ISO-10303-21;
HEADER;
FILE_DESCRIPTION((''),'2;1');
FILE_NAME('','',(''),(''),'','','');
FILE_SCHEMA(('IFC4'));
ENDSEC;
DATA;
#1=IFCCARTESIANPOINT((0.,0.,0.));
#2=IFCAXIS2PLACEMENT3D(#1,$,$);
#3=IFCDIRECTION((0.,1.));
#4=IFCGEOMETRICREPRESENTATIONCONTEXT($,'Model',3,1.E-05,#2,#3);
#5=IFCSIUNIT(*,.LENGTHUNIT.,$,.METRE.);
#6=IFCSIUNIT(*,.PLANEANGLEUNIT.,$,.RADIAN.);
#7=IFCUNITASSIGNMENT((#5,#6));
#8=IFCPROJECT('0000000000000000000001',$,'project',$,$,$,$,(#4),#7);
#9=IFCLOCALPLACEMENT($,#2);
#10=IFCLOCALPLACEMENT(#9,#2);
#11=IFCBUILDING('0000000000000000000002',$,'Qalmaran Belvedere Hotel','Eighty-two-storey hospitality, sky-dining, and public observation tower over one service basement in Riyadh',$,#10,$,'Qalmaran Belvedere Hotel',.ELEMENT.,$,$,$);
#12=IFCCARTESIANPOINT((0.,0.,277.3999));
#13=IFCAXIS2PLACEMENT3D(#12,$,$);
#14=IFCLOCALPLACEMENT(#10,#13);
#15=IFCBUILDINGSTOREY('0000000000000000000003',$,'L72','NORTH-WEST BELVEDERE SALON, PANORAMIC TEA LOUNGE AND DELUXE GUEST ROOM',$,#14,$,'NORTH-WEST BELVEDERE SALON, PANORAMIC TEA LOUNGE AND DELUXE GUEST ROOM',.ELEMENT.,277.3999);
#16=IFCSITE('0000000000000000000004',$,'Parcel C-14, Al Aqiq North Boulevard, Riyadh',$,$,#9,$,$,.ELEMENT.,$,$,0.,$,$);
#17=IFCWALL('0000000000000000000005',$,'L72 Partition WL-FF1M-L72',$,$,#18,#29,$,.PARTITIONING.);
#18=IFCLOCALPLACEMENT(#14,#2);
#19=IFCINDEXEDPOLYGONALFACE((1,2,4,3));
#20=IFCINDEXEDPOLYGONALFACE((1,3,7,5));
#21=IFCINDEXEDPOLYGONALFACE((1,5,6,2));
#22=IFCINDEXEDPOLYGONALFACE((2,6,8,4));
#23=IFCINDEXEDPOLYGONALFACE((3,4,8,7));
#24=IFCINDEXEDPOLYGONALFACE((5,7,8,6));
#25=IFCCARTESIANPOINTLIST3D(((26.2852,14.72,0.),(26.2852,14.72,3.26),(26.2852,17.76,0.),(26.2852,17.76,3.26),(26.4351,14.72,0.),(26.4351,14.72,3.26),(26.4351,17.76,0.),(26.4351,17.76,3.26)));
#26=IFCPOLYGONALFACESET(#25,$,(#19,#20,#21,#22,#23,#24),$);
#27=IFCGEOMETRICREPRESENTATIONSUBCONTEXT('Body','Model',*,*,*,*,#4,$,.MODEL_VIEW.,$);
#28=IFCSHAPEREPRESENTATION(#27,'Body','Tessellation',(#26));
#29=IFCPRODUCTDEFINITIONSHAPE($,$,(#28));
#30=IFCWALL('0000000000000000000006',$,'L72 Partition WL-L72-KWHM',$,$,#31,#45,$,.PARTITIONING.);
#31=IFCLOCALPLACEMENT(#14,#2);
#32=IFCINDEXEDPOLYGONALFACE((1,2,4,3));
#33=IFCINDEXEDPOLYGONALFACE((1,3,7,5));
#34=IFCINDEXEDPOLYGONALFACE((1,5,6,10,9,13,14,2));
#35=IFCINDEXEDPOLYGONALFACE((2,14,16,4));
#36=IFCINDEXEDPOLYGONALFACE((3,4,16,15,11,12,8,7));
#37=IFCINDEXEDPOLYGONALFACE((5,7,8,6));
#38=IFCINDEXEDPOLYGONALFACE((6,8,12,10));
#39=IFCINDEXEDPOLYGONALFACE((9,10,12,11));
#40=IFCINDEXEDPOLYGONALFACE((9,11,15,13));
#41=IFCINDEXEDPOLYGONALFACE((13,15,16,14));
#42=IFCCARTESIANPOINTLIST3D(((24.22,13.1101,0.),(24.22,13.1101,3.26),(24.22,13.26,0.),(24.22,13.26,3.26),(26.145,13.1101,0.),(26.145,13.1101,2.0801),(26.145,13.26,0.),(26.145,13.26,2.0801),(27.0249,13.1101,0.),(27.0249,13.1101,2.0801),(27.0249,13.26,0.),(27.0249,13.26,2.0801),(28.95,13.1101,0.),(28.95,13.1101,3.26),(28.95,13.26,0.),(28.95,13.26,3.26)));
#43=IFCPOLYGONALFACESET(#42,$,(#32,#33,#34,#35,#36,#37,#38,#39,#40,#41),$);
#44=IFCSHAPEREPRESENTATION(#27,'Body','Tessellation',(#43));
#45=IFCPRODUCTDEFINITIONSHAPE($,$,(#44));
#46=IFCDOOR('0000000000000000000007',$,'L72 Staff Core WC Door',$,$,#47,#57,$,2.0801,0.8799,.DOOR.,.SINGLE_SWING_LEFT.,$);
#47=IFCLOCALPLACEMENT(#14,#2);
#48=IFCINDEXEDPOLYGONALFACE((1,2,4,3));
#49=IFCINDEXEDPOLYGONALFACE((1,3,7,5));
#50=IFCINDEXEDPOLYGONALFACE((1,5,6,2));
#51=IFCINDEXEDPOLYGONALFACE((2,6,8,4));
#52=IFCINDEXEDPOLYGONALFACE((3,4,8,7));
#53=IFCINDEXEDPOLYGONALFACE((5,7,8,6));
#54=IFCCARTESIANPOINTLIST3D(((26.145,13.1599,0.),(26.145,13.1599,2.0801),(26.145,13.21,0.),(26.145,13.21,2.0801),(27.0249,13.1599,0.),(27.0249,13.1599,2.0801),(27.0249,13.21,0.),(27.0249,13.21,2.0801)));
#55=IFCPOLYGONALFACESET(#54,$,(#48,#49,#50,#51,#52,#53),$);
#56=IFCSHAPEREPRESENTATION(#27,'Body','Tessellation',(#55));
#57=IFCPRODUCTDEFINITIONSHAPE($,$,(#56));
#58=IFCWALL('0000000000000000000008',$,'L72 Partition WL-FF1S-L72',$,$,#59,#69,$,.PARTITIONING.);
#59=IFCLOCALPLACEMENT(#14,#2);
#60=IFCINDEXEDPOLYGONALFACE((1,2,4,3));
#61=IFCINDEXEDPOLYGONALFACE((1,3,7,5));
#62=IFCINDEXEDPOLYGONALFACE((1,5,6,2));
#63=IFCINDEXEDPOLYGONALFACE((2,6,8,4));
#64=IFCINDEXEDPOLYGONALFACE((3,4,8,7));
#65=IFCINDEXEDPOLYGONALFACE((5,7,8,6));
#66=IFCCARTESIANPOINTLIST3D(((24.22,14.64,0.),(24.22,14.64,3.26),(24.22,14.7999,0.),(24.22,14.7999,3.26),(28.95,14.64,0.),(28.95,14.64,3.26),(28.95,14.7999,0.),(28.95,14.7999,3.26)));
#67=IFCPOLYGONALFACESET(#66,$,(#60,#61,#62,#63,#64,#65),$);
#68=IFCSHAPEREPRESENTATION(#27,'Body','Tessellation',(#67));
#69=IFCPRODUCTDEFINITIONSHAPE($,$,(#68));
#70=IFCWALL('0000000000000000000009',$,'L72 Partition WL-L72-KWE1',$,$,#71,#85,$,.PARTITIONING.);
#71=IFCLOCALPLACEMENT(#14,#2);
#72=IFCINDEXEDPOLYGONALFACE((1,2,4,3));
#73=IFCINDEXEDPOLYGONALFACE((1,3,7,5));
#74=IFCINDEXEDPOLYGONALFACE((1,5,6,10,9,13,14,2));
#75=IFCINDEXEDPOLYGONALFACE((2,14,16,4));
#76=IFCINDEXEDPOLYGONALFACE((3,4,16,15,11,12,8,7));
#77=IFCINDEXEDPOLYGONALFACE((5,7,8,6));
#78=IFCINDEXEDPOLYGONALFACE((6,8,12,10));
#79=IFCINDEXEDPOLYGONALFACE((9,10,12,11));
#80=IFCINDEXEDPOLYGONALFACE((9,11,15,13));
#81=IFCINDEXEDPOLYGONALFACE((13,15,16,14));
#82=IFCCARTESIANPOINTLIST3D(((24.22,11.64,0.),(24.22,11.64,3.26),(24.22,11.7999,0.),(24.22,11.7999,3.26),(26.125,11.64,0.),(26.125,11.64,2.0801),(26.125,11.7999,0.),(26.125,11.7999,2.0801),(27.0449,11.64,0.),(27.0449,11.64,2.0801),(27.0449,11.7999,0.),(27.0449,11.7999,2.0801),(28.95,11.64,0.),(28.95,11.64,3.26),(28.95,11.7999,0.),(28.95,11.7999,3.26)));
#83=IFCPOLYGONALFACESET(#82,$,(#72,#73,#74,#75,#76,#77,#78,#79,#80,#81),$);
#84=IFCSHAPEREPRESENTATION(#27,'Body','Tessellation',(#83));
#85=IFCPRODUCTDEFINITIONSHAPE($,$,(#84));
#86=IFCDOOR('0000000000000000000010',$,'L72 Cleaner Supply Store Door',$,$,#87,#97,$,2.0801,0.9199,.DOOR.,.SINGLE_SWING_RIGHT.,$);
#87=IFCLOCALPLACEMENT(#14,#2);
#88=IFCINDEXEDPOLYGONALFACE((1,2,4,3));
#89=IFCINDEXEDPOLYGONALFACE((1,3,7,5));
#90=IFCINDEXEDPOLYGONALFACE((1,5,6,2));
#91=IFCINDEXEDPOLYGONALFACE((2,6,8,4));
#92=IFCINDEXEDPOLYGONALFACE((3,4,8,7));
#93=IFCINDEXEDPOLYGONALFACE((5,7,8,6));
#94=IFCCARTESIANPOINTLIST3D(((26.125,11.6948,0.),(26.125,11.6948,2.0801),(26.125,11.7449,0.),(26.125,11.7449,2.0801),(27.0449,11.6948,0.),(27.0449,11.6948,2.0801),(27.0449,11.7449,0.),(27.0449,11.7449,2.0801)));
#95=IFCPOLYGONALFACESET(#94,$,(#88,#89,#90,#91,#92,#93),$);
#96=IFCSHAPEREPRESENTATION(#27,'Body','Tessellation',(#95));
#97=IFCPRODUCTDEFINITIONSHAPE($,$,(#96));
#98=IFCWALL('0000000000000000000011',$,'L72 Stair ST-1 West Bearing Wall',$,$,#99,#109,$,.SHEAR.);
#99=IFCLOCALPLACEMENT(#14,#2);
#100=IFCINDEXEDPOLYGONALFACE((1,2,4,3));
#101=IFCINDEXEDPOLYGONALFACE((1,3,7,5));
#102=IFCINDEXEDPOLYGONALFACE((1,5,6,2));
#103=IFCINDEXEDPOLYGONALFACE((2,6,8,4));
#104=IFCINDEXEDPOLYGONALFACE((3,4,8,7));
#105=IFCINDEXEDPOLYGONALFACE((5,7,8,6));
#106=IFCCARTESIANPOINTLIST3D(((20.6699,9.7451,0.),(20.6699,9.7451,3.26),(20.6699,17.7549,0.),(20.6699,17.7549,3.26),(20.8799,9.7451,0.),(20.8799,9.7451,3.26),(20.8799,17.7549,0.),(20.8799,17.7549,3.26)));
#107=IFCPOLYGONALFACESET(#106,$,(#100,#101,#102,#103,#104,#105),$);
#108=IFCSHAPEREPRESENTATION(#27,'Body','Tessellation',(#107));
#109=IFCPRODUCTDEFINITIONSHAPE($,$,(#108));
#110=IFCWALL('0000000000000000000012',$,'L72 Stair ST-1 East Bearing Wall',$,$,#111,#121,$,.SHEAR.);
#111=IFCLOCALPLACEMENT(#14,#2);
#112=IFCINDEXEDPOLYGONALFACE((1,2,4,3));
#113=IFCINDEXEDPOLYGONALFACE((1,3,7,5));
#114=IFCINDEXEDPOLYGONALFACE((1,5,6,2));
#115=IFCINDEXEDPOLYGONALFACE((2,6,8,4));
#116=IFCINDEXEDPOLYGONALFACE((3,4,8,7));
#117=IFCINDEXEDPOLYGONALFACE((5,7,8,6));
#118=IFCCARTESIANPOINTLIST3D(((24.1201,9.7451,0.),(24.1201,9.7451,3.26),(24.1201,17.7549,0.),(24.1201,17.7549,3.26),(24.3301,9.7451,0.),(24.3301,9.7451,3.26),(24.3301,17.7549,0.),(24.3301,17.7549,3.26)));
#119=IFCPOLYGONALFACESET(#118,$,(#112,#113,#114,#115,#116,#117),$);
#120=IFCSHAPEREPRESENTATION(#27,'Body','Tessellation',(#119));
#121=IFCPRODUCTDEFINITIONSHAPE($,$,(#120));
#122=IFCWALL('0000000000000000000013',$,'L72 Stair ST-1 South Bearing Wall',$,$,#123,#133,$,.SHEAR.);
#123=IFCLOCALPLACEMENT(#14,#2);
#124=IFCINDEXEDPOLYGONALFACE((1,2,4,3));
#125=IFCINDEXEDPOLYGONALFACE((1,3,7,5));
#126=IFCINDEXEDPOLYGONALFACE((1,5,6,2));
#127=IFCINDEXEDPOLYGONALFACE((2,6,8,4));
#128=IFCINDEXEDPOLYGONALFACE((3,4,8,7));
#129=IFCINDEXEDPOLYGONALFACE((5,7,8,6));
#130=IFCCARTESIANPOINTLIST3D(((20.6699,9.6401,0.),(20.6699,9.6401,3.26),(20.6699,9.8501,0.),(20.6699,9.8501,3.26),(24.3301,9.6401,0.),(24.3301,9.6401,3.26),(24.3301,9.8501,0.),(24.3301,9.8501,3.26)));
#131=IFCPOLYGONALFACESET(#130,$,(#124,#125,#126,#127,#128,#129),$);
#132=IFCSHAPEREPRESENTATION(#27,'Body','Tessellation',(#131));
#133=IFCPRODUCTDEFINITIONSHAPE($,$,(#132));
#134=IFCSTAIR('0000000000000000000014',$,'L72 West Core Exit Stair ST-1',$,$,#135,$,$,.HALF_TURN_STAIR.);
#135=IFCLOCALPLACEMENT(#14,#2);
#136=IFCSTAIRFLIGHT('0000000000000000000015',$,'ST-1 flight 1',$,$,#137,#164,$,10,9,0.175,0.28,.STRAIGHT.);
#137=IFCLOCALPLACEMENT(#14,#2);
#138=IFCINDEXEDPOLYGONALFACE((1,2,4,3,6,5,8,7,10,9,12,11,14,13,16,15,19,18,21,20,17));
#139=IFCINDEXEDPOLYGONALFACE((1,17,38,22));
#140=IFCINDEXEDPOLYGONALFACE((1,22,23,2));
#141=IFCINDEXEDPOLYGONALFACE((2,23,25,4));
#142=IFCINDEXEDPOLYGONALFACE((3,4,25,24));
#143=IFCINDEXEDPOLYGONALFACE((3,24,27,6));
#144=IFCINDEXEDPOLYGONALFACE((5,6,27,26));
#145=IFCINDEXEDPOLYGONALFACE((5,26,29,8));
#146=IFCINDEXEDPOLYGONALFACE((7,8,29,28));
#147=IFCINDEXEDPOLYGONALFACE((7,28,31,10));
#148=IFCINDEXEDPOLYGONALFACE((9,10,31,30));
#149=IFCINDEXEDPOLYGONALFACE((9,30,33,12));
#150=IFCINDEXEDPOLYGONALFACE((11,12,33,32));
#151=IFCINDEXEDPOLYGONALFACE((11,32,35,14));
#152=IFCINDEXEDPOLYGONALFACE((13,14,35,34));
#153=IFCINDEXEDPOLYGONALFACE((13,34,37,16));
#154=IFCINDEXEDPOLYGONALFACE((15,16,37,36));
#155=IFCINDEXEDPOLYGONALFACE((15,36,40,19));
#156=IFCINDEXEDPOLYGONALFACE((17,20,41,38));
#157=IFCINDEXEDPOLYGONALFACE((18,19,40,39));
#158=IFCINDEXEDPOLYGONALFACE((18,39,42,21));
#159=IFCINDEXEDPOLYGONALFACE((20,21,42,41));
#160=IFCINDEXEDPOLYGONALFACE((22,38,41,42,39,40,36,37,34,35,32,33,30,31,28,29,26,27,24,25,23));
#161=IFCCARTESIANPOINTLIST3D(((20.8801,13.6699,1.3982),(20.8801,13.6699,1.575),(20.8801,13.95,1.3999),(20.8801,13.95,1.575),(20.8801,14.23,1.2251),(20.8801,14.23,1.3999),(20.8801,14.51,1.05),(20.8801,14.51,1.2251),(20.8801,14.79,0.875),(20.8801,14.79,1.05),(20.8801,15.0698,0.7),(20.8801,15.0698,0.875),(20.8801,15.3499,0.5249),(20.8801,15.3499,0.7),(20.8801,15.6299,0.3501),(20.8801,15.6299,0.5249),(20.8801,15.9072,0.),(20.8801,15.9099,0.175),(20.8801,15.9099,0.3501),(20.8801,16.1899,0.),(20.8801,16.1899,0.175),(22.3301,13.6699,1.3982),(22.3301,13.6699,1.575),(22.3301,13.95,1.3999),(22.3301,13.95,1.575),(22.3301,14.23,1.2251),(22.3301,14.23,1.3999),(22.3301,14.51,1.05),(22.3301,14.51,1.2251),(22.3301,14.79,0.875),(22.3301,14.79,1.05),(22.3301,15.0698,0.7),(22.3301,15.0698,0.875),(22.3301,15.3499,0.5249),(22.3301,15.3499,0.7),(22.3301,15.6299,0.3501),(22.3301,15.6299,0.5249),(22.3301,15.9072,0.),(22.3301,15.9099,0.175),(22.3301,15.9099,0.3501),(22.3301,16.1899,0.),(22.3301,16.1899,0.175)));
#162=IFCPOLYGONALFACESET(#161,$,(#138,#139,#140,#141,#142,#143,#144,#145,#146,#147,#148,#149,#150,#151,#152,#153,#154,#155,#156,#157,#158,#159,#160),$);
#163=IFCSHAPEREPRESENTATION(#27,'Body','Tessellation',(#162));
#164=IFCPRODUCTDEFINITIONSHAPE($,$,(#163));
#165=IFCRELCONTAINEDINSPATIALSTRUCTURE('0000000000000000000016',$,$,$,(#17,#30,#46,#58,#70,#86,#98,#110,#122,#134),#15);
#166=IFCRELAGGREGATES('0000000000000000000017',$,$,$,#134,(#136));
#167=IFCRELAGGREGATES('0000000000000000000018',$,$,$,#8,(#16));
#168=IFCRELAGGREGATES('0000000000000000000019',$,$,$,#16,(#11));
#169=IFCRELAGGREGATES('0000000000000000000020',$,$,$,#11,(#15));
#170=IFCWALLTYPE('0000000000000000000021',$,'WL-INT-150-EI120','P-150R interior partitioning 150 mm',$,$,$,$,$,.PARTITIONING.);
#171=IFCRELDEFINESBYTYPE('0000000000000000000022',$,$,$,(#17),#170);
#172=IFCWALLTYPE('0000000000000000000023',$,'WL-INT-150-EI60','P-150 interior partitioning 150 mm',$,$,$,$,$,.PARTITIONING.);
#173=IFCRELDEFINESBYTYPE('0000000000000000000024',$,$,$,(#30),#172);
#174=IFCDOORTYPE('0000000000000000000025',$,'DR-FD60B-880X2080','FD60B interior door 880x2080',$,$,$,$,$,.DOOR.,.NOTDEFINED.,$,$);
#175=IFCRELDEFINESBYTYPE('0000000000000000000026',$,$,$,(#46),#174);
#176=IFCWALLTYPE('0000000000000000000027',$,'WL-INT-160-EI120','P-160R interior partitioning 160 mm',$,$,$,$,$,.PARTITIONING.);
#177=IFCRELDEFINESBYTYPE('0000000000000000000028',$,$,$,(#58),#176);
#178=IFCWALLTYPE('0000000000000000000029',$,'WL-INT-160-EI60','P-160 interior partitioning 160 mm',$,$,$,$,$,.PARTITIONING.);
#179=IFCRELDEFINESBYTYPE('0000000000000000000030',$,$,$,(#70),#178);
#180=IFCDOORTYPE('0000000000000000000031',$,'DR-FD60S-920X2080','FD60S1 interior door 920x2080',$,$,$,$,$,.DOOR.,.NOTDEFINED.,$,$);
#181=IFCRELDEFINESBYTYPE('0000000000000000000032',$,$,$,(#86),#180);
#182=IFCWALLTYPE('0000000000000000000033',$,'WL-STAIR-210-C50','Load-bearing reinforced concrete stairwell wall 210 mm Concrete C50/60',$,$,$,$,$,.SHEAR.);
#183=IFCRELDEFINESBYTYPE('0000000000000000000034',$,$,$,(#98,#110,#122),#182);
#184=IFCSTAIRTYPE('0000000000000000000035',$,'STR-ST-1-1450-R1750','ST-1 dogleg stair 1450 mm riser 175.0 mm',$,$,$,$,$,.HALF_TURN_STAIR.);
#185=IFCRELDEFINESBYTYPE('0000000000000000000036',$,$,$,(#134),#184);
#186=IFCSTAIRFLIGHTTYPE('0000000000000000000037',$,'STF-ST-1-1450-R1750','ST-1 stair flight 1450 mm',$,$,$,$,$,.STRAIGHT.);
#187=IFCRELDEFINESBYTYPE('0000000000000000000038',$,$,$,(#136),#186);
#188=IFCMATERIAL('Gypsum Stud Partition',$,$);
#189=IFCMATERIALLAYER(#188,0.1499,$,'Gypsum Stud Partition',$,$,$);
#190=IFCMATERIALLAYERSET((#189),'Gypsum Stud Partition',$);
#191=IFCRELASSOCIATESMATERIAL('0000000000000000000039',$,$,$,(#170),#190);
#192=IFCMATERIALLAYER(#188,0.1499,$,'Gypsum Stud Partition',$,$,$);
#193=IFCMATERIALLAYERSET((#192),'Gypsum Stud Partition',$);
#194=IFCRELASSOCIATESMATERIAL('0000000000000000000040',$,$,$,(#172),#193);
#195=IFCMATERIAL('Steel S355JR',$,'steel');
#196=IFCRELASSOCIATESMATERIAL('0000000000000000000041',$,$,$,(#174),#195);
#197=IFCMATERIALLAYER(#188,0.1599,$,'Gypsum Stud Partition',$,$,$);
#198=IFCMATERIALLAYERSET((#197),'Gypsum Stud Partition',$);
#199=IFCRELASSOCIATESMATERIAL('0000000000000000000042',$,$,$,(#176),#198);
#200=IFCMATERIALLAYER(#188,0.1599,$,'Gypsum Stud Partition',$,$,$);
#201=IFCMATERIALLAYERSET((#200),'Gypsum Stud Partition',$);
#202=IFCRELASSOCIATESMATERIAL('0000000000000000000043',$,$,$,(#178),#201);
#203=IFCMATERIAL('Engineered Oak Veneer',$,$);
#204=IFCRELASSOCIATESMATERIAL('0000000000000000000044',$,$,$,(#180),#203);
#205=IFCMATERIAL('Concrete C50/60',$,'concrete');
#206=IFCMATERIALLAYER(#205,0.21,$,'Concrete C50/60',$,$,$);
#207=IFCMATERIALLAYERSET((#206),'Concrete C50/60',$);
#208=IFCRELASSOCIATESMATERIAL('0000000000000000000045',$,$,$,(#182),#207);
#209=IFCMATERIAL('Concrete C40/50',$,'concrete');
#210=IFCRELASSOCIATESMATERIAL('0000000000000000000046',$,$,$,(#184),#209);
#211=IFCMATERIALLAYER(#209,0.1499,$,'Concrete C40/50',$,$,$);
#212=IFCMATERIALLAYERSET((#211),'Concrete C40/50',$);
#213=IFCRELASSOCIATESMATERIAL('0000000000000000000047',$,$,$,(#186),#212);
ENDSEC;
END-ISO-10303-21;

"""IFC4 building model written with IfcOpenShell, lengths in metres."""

from ifc_helpers import new_model, si_unit, direction, frame, frame_2d, origin, place, context, subcontext, project, spatial, polyline, rectangle, outline, extrude, material, layer, layer_set, type_object, element, fill, aggregate, save


model = new_model("IFC4")

# Units and contexts
model_context = context("Model", 3, precision=1e-05, world=origin(), true_north=direction((0.0, 1.0)))
body_context = subcontext(model_context, "Body", "Model", "MODEL_VIEW")
ifc_project = project(units=[si_unit("LENGTHUNIT", "METRE"), si_unit("PLANEANGLEUNIT", "RADIAN")], contexts=[model_context])

# Site, building, storey
site_placement = place(None, origin())
site = spatial("IfcSite", under=ifc_project, at=site_placement, Name="Parcel C-14, Al Aqiq North Boulevard, Riyadh", CompositionType="ELEMENT", RefElevation=0.0)
building_placement = place(site_placement, origin())
building = spatial("IfcBuilding", under=site, at=building_placement, Name="Qalmaran Belvedere Hotel", Description="Eighty-two-storey hospitality, sky-dining, and public observation tower over one service basement in Riyadh", LongName="Qalmaran Belvedere Hotel", CompositionType="ELEMENT")
storey_placement = place(building_placement, frame((0.0, 0.0, 277.3999)))
storey = spatial("IfcBuildingStorey", under=building, at=storey_placement, Name="L72", Description="NORTH-WEST BELVEDERE SALON, PANORAMIC TEA LOUNGE AND DELUXE GUEST ROOM", LongName="NORTH-WEST BELVEDERE SALON, PANORAMIC TEA LOUNGE AND DELUXE GUEST ROOM", CompositionType="ELEMENT", Elevation=277.3999)

# Wall
ifc_material_1 = material(Name="Gypsum Stud Partition")
ifc_layer_1 = layer(ifc_material_1, 0.1499, Name="Gypsum Stud Partition")
ifc_layer_set_1 = layer_set([ifc_layer_1], Name="Gypsum Stud Partition")
wall_type_1 = type_object("IfcWallType", Name="WL-INT-150-EI120", Description="P-150R interior partitioning 150 mm", PredefinedType="PARTITIONING", material=ifc_layer_set_1)
wall_1_placement = place(storey_placement, frame((26.3601, 14.72, 0.0), z_axis=(0.0, 0.0, 1.0), x_axis=(0.0, 1.0, 0.0)))
element("IfcWall", 1, at=wall_1_placement, inside=storey, type_object=wall_type_1, Name="L72 Partition WL-FF1M-L72", PredefinedType="PARTITIONING", context=body_context, shape_type="SweptSolid", body=[
    extrude(rectangle(XDim=3.04, YDim=0.1499, at=frame_2d((1.52, 0.0))), origin(), (0.0, 0.0, 1.0), 3.26),
])

# Wall, opening, door
ifc_layer_2 = layer(ifc_material_1, 0.1499, Name="Gypsum Stud Partition")
ifc_layer_set_2 = layer_set([ifc_layer_2], Name="Gypsum Stud Partition")
wall_type_2 = type_object("IfcWallType", Name="WL-INT-150-EI60", Description="P-150 interior partitioning 150 mm", PredefinedType="PARTITIONING", material=ifc_layer_set_2)
wall_2_placement = place(storey_placement, frame((24.22, 13.1851, 0.0), z_axis=(0.0, 0.0, 1.0), x_axis=(1.0, 0.0, 0.0)))
wall_2 = element("IfcWall", 2, at=wall_2_placement, inside=storey, type_object=wall_type_2, Name="L72 Partition WL-L72-KWHM", PredefinedType="PARTITIONING", context=body_context, shape_type="SweptSolid", body=[
    extrude(rectangle(XDim=4.73, YDim=0.1499, at=frame_2d((2.365, 0.0))), origin(), (0.0, 0.0, 1.0), 3.26),
])
opening_1_placement = place(wall_2_placement, frame((1.925, 0.0, 0.0)))
opening_1 = element("IfcOpeningElement", 3, at=opening_1_placement, cuts=wall_2, PredefinedType="OPENING", context=body_context, shape_type="SweptSolid", body=[
    extrude(rectangle(XDim=0.8799, YDim=2.0801, at=frame_2d((0.4399, 1.04))), frame((0.0, 0.085, 0.0), z_axis=(0.0, -1.0, 0.0), x_axis=(1.0, 0.0, 0.0)), (0.0, 0.0, 1.0), 0.1699),
])
ifc_material_2 = material(Name="Steel S355JR", Category="steel")
door_type_1 = type_object("IfcDoorType", Name="DR-FD60B-880X2080", Description="FD60B interior door 880x2080", OperationType="NOTDEFINED", PredefinedType="DOOR", material=ifc_material_2)
door_1_placement = place(opening_1_placement, origin())
door_1 = element("IfcDoor", 4, at=door_1_placement, inside=storey, type_object=door_type_1, Name="L72 Staff Core WC Door", OperationType="SINGLE_SWING_LEFT", OverallHeight=2.0801, OverallWidth=0.8799, PredefinedType="DOOR", context=body_context, shape_type="SweptSolid", body=[
    extrude(rectangle(XDim=0.8799, YDim=2.0801, at=frame_2d((0.4399, 1.04))), frame((0.0, 0.0249, 0.0), z_axis=(0.0, -1.0, 0.0), x_axis=(1.0, 0.0, 0.0)), (0.0, 0.0, 1.0), 0.05),
])
fill(opening_1, door_1)

# Wall
ifc_layer_3 = layer(ifc_material_1, 0.1599, Name="Gypsum Stud Partition")
ifc_layer_set_3 = layer_set([ifc_layer_3], Name="Gypsum Stud Partition")
wall_type_3 = type_object("IfcWallType", Name="WL-INT-160-EI120", Description="P-160R interior partitioning 160 mm", PredefinedType="PARTITIONING", material=ifc_layer_set_3)
wall_3_placement = place(storey_placement, frame((24.22, 14.72, 0.0), z_axis=(0.0, 0.0, 1.0), x_axis=(1.0, 0.0, 0.0)))
element("IfcWall", 5, at=wall_3_placement, inside=storey, type_object=wall_type_3, Name="L72 Partition WL-FF1S-L72", PredefinedType="PARTITIONING", context=body_context, shape_type="SweptSolid", body=[
    extrude(rectangle(XDim=4.73, YDim=0.1599, at=frame_2d((2.365, 0.0))), origin(), (0.0, 0.0, 1.0), 3.26),
])

# Wall, opening, door
ifc_layer_4 = layer(ifc_material_1, 0.1599, Name="Gypsum Stud Partition")
ifc_layer_set_4 = layer_set([ifc_layer_4], Name="Gypsum Stud Partition")
wall_type_4 = type_object("IfcWallType", Name="WL-INT-160-EI60", Description="P-160 interior partitioning 160 mm", PredefinedType="PARTITIONING", material=ifc_layer_set_4)
wall_4_placement = place(storey_placement, frame((24.22, 11.72, 0.0), z_axis=(0.0, 0.0, 1.0), x_axis=(1.0, 0.0, 0.0)))
wall_4 = element("IfcWall", 6, at=wall_4_placement, inside=storey, type_object=wall_type_4, Name="L72 Partition WL-L72-KWE1", PredefinedType="PARTITIONING", context=body_context, shape_type="SweptSolid", body=[
    extrude(rectangle(XDim=4.73, YDim=0.1599, at=frame_2d((2.365, 0.0))), origin(), (0.0, 0.0, 1.0), 3.26),
])
opening_2_placement = place(wall_4_placement, frame((1.905, 0.0, 0.0)))
opening_2 = element("IfcOpeningElement", 7, at=opening_2_placement, cuts=wall_4, PredefinedType="OPENING", context=body_context, shape_type="SweptSolid", body=[
    extrude(rectangle(XDim=0.9199, YDim=2.0801, at=frame_2d((0.46, 1.04))), frame((0.0, 0.0898, 0.0), z_axis=(0.0, -1.0, 0.0), x_axis=(1.0, 0.0, 0.0)), (0.0, 0.0, 1.0), 0.1799),
])
ifc_material_3 = material(Name="Engineered Oak Veneer")
door_type_2 = type_object("IfcDoorType", Name="DR-FD60S-920X2080", Description="FD60S1 interior door 920x2080", OperationType="NOTDEFINED", PredefinedType="DOOR", material=ifc_material_3)
door_2_placement = place(opening_2_placement, origin())
door_2 = element("IfcDoor", 8, at=door_2_placement, inside=storey, type_object=door_type_2, Name="L72 Cleaner Supply Store Door", OperationType="SINGLE_SWING_RIGHT", OverallHeight=2.0801, OverallWidth=0.9199, PredefinedType="DOOR", context=body_context, shape_type="SweptSolid", body=[
    extrude(rectangle(XDim=0.9199, YDim=2.0801, at=frame_2d((0.46, 1.04))), frame((0.0, 0.0249, 0.0), z_axis=(0.0, -1.0, 0.0), x_axis=(1.0, 0.0, 0.0)), (0.0, 0.0, 1.0), 0.05),
])
fill(opening_2, door_2)

# Walls
ifc_material_4 = material(Name="Concrete C50/60", Category="concrete")
ifc_layer_5 = layer(ifc_material_4, 0.21, Name="Concrete C50/60")
ifc_layer_set_5 = layer_set([ifc_layer_5], Name="Concrete C50/60")
wall_type_5 = type_object("IfcWallType", Name="WL-STAIR-210-C50", Description="Load-bearing reinforced concrete stairwell wall 210 mm Concrete C50/60", PredefinedType="SHEAR", material=ifc_layer_set_5)
for number, where, z_axis, x_axis, name in (
    (9, (20.7749, 9.7451, 0.0), (0.0, 0.0, 1.0), (0.0, 1.0, 0.0), "L72 Stair ST-1 West Bearing Wall"),
    (10, (24.2251, 9.7451, 0.0), (0.0, 0.0, 1.0), (0.0, 1.0, 0.0), "L72 Stair ST-1 East Bearing Wall"),
):
    element("IfcWall", number, at=place(storey_placement, frame(where, z_axis=z_axis, x_axis=x_axis)), inside=storey, type_object=wall_type_5, Name=name, PredefinedType="SHEAR", context=body_context, shape_type="SweptSolid", body=[
        extrude(rectangle(XDim=8.0098, YDim=0.21, at=frame_2d((4.0049, 0.0))), origin(), (0.0, 0.0, 1.0), 3.26),
    ])
wall_5_placement = place(storey_placement, frame((20.6699, 9.7451, 0.0), z_axis=(0.0, 0.0, 1.0), x_axis=(1.0, 0.0, 0.0)))
element("IfcWall", 11, at=wall_5_placement, inside=storey, type_object=wall_type_5, Name="L72 Stair ST-1 South Bearing Wall", PredefinedType="SHEAR", context=body_context, shape_type="SweptSolid", body=[
    extrude(rectangle(XDim=3.6602, YDim=0.21, at=frame_2d((1.8301, 0.0))), origin(), (0.0, 0.0, 1.0), 3.26),
])

# Stair, stair flight
ifc_material_5 = material(Name="Concrete C40/50", Category="concrete")
stair_type = type_object("IfcStairType", Name="STR-ST-1-1450-R1750", Description="ST-1 dogleg stair 1450 mm riser 175.0 mm", PredefinedType="HALF_TURN_STAIR", material=ifc_material_5)
stair_placement = place(storey_placement, origin())
stair = element("IfcStair", 12, at=stair_placement, inside=storey, type_object=stair_type, Name="L72 West Core Exit Stair ST-1", PredefinedType="HALF_TURN_STAIR")
ifc_layer_6 = layer(ifc_material_5, 0.1499, Name="Concrete C40/50")
ifc_layer_set_6 = layer_set([ifc_layer_6], Name="Concrete C40/50")
stair_flight_type = type_object("IfcStairFlightType", Name="STF-ST-1-1450-R1750", Description="ST-1 stair flight 1450 mm", PredefinedType="STRAIGHT", material=ifc_layer_set_6)
stair_flight_1_placement = place(storey_placement, frame((21.605, 16.1899, 0.0), z_axis=(0.0, 0.0, 1.0), x_axis=(0.0, -1.0, 0.0)))
stair_flight_1 = element("IfcStairFlight", 13, at=stair_flight_1_placement, type_object=stair_flight_type, Name="ST-1 flight 1", NumberOfRisers=10, NumberOfTreads=9, PredefinedType="STRAIGHT", RiserHeight=0.175, TreadLength=0.28, context=body_context, shape_type="SweptSolid", body=[
    extrude(outline(polyline([(0.0, 0.0), (0.0, 0.175), (0.28, 0.175), (0.28, 0.3501), (0.5601, 0.3501), (0.5601, 0.5249), (0.8401, 0.5249), (0.8401, 0.7), (1.1201, 0.7), (1.1201, 0.875), (1.3999, 0.875), (1.3999, 1.05), (1.6799, 1.05), (1.6799, 1.2251), (1.96, 1.2251), (1.96, 1.3999), (2.24, 1.3999), (2.24, 1.575), (2.52, 1.575), (2.52, 1.75), (2.52, 1.3982), (0.2827, 0.0), (0.0, 0.0)])), frame((0.0, 0.7251, 0.0), z_axis=(0.0, -1.0, 0.0), x_axis=(1.0, 0.0, 0.0)), (0.0, 0.0, 1.0), 1.45),
])
aggregate(stair, [stair_flight_1])

save(model, "model.ifc")
